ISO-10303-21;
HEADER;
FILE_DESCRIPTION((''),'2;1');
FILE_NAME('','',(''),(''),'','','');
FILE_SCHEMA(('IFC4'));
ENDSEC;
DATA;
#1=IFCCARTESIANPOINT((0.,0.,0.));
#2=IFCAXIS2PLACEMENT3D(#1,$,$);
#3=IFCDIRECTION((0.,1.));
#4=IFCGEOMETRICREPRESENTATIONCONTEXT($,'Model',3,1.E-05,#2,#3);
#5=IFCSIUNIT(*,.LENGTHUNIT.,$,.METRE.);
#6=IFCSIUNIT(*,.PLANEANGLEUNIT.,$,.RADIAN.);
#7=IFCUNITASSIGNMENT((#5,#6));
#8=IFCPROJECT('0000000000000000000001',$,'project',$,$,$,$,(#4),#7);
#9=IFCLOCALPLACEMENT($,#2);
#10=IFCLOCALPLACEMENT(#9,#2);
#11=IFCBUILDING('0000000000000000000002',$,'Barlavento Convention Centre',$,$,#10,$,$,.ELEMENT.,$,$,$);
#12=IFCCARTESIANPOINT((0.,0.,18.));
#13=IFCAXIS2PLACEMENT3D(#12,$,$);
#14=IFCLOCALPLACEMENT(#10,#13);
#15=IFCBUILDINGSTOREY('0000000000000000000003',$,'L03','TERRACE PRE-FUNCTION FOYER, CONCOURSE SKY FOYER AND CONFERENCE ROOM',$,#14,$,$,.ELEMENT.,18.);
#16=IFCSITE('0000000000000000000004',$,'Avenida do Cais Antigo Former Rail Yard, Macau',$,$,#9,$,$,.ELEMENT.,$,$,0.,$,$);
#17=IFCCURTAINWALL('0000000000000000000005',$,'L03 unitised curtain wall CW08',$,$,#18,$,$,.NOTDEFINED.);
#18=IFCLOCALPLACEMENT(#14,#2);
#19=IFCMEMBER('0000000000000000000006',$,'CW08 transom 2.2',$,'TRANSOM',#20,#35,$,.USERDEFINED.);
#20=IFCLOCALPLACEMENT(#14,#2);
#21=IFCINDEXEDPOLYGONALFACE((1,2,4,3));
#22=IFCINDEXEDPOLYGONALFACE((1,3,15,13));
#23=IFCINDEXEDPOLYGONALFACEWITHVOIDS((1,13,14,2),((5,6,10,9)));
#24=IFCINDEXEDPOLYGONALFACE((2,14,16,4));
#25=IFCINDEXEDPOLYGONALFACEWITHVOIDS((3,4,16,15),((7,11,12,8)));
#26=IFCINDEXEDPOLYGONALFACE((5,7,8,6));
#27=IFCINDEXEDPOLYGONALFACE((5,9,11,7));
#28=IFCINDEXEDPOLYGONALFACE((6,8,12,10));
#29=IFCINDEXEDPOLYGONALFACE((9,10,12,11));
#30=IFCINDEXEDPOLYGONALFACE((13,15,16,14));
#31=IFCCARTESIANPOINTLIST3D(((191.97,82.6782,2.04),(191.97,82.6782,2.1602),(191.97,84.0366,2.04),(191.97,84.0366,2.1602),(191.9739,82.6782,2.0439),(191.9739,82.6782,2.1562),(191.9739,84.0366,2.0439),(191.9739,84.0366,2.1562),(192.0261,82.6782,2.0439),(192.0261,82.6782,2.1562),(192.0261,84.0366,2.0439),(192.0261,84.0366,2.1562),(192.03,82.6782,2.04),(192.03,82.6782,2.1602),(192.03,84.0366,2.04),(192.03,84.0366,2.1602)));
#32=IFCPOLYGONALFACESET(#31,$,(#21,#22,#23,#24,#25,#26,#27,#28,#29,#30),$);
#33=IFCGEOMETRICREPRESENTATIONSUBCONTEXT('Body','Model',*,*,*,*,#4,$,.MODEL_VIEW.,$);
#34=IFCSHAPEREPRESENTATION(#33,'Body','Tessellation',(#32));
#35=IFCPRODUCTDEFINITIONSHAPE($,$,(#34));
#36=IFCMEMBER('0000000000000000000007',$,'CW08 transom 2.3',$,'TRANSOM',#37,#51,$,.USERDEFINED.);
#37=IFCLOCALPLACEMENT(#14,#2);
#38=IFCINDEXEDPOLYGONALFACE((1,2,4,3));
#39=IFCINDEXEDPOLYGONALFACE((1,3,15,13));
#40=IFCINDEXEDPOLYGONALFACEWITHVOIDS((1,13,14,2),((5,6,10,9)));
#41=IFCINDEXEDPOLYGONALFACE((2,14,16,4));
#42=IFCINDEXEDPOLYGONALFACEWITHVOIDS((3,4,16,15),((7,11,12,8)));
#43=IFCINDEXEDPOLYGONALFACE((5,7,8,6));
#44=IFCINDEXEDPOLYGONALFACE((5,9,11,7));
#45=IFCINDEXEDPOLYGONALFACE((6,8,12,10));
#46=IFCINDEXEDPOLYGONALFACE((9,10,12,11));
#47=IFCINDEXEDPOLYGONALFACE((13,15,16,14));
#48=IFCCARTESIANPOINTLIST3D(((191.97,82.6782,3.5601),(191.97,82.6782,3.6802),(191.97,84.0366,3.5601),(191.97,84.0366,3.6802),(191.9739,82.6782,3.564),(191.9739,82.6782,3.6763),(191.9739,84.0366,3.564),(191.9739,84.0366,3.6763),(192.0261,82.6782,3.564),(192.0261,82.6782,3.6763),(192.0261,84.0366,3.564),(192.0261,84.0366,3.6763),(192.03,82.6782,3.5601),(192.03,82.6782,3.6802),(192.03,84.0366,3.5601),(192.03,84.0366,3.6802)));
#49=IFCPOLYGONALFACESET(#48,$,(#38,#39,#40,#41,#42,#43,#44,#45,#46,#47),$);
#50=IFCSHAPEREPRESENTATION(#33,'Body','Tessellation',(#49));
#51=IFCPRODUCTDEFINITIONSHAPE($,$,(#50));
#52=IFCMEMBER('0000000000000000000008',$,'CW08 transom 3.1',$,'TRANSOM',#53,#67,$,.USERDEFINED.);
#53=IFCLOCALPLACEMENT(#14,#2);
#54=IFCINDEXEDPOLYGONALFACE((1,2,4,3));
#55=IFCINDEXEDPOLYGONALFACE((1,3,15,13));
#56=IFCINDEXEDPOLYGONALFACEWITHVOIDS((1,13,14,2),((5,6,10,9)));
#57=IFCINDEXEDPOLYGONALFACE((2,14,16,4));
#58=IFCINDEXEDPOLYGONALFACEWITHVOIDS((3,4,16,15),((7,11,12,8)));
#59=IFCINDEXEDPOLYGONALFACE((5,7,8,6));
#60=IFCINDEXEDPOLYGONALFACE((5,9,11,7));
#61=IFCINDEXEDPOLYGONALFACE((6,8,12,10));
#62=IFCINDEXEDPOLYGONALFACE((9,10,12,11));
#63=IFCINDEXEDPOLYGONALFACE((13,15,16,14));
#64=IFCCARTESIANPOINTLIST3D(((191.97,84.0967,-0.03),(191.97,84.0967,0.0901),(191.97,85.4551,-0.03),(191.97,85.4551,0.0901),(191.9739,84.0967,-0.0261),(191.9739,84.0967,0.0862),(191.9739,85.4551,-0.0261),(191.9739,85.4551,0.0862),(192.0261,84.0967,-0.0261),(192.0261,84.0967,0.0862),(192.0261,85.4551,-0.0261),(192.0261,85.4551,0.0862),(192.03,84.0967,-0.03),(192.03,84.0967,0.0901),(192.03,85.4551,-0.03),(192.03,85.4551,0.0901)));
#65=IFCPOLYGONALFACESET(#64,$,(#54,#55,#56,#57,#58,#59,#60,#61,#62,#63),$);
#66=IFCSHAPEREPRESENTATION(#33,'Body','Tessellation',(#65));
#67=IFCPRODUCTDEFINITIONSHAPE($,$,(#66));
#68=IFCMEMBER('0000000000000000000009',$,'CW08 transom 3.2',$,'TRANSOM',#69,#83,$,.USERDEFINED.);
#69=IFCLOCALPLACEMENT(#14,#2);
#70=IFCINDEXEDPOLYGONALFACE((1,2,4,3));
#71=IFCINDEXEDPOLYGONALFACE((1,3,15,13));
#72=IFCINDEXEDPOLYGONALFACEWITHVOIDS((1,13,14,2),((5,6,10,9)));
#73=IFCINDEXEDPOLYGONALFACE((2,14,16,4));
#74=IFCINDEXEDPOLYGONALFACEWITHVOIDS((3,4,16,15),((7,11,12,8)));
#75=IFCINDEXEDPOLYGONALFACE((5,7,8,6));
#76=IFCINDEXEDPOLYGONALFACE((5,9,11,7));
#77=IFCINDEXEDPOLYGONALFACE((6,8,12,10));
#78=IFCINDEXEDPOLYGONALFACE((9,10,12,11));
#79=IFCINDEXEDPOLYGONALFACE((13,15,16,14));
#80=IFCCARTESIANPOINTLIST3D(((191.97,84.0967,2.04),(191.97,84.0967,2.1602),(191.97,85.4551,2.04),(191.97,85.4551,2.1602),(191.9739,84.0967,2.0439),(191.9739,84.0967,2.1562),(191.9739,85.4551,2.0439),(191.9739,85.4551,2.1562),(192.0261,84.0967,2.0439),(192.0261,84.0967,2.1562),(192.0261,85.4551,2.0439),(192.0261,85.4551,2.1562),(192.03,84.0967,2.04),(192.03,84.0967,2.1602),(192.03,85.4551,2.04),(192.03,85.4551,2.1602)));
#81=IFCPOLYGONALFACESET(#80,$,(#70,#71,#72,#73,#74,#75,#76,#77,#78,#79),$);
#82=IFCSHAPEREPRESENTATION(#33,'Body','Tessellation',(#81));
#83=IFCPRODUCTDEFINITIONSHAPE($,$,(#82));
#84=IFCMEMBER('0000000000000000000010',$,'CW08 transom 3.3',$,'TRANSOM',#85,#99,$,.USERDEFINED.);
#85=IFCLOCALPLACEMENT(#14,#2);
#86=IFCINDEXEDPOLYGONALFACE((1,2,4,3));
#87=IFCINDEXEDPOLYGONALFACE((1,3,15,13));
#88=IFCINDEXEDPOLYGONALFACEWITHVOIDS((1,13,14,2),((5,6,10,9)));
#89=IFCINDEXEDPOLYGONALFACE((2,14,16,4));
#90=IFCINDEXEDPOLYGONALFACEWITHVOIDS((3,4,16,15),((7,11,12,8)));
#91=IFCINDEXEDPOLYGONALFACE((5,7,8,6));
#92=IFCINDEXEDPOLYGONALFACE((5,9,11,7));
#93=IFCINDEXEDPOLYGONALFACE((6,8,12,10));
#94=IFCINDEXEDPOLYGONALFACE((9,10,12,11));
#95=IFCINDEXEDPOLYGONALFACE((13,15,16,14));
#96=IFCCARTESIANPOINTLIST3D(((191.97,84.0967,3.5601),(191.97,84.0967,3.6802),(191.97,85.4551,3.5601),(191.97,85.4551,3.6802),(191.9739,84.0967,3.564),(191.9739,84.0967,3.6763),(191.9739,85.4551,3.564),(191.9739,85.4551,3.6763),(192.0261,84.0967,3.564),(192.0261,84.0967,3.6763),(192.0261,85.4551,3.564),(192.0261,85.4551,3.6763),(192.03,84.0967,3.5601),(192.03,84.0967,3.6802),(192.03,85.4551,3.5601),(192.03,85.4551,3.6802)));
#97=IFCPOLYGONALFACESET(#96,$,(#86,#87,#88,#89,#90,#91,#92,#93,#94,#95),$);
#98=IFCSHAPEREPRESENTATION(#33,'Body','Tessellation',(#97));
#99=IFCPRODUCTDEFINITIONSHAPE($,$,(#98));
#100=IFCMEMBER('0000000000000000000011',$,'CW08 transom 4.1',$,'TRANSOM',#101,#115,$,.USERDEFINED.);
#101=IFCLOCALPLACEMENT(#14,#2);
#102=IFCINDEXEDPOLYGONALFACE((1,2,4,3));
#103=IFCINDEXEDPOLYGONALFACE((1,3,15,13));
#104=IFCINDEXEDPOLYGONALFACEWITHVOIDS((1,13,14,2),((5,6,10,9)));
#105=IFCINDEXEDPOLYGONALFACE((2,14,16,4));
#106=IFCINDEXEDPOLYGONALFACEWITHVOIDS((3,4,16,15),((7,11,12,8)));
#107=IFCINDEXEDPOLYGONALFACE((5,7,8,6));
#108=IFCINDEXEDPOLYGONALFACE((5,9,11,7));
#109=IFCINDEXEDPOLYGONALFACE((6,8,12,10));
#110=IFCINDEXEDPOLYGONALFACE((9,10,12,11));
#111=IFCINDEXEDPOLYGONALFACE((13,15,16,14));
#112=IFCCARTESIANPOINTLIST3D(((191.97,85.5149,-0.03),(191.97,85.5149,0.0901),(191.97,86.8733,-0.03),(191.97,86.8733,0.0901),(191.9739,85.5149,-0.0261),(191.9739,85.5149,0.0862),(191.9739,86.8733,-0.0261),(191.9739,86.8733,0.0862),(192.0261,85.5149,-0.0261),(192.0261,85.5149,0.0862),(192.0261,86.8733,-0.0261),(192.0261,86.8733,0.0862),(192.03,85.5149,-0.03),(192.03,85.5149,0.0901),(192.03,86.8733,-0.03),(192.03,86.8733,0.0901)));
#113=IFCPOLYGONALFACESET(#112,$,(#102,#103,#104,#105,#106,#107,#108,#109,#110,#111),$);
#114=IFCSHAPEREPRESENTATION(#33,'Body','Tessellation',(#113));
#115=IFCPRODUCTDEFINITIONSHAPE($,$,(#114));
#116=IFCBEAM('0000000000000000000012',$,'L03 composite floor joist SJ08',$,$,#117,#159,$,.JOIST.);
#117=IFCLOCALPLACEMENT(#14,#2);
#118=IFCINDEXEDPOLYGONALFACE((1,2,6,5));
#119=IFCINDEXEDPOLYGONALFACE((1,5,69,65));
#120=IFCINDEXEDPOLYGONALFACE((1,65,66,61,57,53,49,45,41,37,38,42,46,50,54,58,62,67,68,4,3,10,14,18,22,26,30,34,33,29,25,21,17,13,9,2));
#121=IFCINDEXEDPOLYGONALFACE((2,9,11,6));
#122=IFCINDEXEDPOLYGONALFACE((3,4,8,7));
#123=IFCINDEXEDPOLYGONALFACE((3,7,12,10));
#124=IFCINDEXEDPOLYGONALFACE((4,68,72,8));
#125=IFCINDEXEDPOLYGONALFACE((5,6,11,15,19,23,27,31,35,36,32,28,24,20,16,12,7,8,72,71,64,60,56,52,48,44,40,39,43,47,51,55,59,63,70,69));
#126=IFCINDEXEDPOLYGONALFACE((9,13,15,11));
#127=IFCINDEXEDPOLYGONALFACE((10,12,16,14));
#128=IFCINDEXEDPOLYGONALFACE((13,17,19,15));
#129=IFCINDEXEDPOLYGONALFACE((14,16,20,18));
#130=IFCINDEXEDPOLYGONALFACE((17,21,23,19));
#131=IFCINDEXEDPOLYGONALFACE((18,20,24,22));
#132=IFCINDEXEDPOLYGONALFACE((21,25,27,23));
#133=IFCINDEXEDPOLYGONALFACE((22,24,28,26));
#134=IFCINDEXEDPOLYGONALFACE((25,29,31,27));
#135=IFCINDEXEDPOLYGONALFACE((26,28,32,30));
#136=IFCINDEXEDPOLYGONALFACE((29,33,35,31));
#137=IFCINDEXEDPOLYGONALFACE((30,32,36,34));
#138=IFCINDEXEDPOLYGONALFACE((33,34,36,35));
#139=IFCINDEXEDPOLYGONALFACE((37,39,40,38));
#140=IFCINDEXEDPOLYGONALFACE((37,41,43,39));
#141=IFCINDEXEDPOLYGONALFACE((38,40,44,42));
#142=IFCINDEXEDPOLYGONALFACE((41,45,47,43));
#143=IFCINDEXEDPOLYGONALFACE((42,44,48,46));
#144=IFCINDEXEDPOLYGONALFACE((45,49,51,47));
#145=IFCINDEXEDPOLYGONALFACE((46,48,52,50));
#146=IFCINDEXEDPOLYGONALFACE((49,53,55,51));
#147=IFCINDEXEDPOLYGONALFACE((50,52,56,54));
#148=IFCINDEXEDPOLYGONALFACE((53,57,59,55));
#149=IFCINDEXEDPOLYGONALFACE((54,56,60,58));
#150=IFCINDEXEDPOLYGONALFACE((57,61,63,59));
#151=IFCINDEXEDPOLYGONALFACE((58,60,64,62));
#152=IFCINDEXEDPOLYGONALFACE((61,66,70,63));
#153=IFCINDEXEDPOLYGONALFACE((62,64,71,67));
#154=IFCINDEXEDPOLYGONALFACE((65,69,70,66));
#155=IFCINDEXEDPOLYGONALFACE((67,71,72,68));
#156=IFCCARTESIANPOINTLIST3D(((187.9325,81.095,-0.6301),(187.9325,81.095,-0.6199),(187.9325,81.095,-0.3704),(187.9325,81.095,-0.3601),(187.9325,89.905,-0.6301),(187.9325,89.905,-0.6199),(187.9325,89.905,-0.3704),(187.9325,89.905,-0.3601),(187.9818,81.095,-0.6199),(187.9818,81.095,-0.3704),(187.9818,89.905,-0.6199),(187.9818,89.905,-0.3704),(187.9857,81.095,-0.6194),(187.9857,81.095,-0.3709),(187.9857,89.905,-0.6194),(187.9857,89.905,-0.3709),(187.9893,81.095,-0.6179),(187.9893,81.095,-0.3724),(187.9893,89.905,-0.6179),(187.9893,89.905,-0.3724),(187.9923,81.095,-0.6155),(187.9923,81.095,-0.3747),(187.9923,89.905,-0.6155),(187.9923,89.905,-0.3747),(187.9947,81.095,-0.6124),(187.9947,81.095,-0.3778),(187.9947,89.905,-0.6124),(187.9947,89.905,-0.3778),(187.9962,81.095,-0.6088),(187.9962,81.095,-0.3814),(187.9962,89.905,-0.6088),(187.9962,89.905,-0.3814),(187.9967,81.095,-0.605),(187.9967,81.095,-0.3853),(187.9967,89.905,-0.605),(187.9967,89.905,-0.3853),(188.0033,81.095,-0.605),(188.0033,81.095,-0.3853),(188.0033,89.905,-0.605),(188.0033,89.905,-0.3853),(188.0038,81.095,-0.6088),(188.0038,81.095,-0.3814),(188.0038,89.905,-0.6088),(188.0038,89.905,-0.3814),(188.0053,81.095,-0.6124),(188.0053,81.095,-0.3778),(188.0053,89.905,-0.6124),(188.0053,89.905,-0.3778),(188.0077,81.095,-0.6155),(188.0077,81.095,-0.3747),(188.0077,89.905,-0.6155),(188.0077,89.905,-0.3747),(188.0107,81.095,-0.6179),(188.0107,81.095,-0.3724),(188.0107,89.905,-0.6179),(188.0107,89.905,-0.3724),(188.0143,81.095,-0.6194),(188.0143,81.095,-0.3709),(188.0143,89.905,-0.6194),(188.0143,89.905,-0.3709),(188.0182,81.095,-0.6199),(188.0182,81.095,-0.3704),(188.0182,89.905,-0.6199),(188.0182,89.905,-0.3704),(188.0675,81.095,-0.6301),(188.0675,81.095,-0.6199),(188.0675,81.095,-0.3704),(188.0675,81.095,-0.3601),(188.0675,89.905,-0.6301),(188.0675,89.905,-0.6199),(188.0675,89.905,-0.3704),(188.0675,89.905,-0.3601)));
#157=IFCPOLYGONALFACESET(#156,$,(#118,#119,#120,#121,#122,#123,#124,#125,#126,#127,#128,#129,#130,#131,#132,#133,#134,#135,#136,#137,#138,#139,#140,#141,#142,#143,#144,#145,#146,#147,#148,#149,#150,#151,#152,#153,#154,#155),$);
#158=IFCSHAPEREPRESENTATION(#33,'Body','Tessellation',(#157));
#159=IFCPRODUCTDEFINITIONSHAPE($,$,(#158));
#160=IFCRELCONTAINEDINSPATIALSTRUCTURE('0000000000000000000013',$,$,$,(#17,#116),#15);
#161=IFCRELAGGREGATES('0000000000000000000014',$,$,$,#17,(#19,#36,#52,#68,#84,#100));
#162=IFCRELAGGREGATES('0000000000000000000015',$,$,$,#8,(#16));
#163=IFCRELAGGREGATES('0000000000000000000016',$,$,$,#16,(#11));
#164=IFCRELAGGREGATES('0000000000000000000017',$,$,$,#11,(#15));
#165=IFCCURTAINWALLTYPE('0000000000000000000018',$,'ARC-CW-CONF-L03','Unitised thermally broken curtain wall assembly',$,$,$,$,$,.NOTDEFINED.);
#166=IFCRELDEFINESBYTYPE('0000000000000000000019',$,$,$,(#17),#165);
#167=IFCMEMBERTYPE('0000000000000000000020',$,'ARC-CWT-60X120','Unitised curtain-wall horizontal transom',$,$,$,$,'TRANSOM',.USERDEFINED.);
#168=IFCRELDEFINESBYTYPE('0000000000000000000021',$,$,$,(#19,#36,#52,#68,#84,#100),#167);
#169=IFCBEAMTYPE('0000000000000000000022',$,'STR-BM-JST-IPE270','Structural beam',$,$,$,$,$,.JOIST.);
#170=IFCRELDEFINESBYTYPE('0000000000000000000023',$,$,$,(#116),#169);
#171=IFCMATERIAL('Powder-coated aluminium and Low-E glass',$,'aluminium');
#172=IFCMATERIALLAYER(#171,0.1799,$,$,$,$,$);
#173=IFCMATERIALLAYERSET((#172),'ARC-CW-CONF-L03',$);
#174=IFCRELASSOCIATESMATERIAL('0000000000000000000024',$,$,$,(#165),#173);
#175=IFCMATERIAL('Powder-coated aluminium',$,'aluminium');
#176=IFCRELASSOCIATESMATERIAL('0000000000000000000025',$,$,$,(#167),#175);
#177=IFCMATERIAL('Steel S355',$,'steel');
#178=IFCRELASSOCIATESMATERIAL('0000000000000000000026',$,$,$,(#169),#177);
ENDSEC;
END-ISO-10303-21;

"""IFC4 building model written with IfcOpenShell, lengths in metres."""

from ifc_helpers import new_model, si_unit, direction, frame, origin, origin_2d, place, context, subcontext, project, spatial, hollow_rectangle, i_section, extrude, material, layer, layer_set, material_profile, profile_set, type_object, element, aggregate, save


model = new_model("IFC4")

# Units and contexts
model_context = context("Model", 3, precision=1e-05, world=origin(), true_north=direction((0.0, 1.0)))
body_context = subcontext(model_context, "Body", "Model", "MODEL_VIEW")
ifc_project = project(units=[si_unit("LENGTHUNIT", "METRE"), si_unit("PLANEANGLEUNIT", "RADIAN")], contexts=[model_context])

# Site, building, storey
site_placement = place(None, origin())
site = spatial("IfcSite", under=ifc_project, at=site_placement, Name="Avenida do Cais Antigo Former Rail Yard, Macau", CompositionType="ELEMENT", RefElevation=0.0)
building_placement = place(site_placement, origin())
building = spatial("IfcBuilding", under=site, at=building_placement, Name="Barlavento Convention Centre", CompositionType="ELEMENT")
storey_placement = place(building_placement, frame((0.0, 0.0, 18.0)))
storey = spatial("IfcBuildingStorey", under=building, at=storey_placement, Name="L03", Description="TERRACE PRE-FUNCTION FOYER, CONCOURSE SKY FOYER AND CONFERENCE ROOM", CompositionType="ELEMENT", Elevation=18.0)

# Shared definitions
ifc_material_1 = material(Name="Steel S355", Category="steel")

# Curtain wall, members
ifc_material_2 = material(Name="Powder-coated aluminium and Low-E glass", Category="aluminium")
ifc_layer_1 = layer(ifc_material_2, 0.1799)
ifc_layer_set_1 = layer_set([ifc_layer_1], Name="ARC-CW-CONF-L03")
curtain_wall_type = type_object("IfcCurtainWallType", Name="ARC-CW-CONF-L03", Description="Unitised thermally broken curtain wall assembly", PredefinedType="NOTDEFINED", material=ifc_layer_set_1)
curtain_wall_placement = place(storey_placement, origin())
curtain_wall = element("IfcCurtainWall", 1, at=curtain_wall_placement, inside=storey, type_object=curtain_wall_type, Name="L03 unitised curtain wall CW08", PredefinedType="NOTDEFINED")
ifc_material_3 = material(Name="Powder-coated aluminium", Category="aluminium")
ifc_material_profile_1 = material_profile(ifc_material_3, hollow_rectangle(XDim=0.0601, YDim=0.1201, WallThickness=0.0039, at=origin_2d()), Name="AL-TRAN 60x120x4")
ifc_profile_set_1 = profile_set([ifc_material_profile_1], Name="Powder-coated aluminium")
member_type_1 = type_object("IfcMemberType", Name="ARC-CWT-60X120", Description="Unitised curtain-wall horizontal transom", ElementType="TRANSOM", PredefinedType="USERDEFINED", material=ifc_profile_set_1)
member_1_placement = place(storey_placement, frame((192.0, 82.6782, 2.1001), z_axis=(0.0, 1.0, 0.0), x_axis=(-1.0, 0.0, 0.0)))
member_1 = element("IfcMember", 2, at=member_1_placement, type_object=member_type_1, Name="CW08 transom 2.2", ObjectType="TRANSOM", PredefinedType="USERDEFINED", context=body_context, shape_type="SweptSolid", body=[
    extrude(hollow_rectangle(XDim=0.0601, YDim=0.1201, WallThickness=0.0039, at=origin_2d()), origin(), (0.0, 0.0, 1.0), 1.3584),
])
member_2_placement = place(storey_placement, frame((192.0, 82.6782, 3.6201), z_axis=(0.0, 1.0, 0.0), x_axis=(-1.0, 0.0, 0.0)))
member_2 = element("IfcMember", 3, at=member_2_placement, type_object=member_type_1, Name="CW08 transom 2.3", ObjectType="TRANSOM", PredefinedType="USERDEFINED", context=body_context, shape_type="SweptSolid", body=[
    extrude(hollow_rectangle(XDim=0.0601, YDim=0.1201, WallThickness=0.0039, at=origin_2d()), origin(), (0.0, 0.0, 1.0), 1.3584),
])
member_3_placement = place(storey_placement, frame((192.0, 84.0967, 0.03), z_axis=(0.0, 1.0, 0.0), x_axis=(-1.0, 0.0, 0.0)))
member_3 = element("IfcMember", 4, at=member_3_placement, type_object=member_type_1, Name="CW08 transom 3.1", ObjectType="TRANSOM", PredefinedType="USERDEFINED", context=body_context, shape_type="SweptSolid", body=[
    extrude(hollow_rectangle(XDim=0.0601, YDim=0.1201, WallThickness=0.0039, at=origin_2d()), origin(), (0.0, 0.0, 1.0), 1.3584),
])
member_4_placement = place(storey_placement, frame((192.0, 84.0967, 2.1001), z_axis=(0.0, 1.0, 0.0), x_axis=(-1.0, 0.0, 0.0)))
member_4 = element("IfcMember", 5, at=member_4_placement, type_object=member_type_1, Name="CW08 transom 3.2", ObjectType="TRANSOM", PredefinedType="USERDEFINED", context=body_context, shape_type="SweptSolid", body=[
    extrude(hollow_rectangle(XDim=0.0601, YDim=0.1201, WallThickness=0.0039, at=origin_2d()), origin(), (0.0, 0.0, 1.0), 1.3584),
])
member_5_placement = place(storey_placement, frame((192.0, 84.0967, 3.6201), z_axis=(0.0, 1.0, 0.0), x_axis=(-1.0, 0.0, 0.0)))
member_5 = element("IfcMember", 6, at=member_5_placement, type_object=member_type_1, Name="CW08 transom 3.3", ObjectType="TRANSOM", PredefinedType="USERDEFINED", context=body_context, shape_type="SweptSolid", body=[
    extrude(hollow_rectangle(XDim=0.0601, YDim=0.1201, WallThickness=0.0039, at=origin_2d()), origin(), (0.0, 0.0, 1.0), 1.3584),
])
member_6_placement = place(storey_placement, frame((192.0, 85.5149, 0.03), z_axis=(0.0, 1.0, 0.0), x_axis=(-1.0, 0.0, 0.0)))
member_6 = element("IfcMember", 7, at=member_6_placement, type_object=member_type_1, Name="CW08 transom 4.1", ObjectType="TRANSOM", PredefinedType="USERDEFINED", context=body_context, shape_type="SweptSolid", body=[
    extrude(hollow_rectangle(XDim=0.0601, YDim=0.1201, WallThickness=0.0039, at=origin_2d()), origin(), (0.0, 0.0, 1.0), 1.3584),
])

# Beam
ifc_material_profile_2 = material_profile(ifc_material_1, i_section(OverallWidth=0.135, OverallDepth=0.27, WebThickness=0.0066, FlangeThickness=0.0103, FilletRadius=0.0149, at=origin_2d()), Name="IPE 270")
ifc_profile_set_2 = profile_set([ifc_material_profile_2], Name="Steel S355")
beam_type_1 = type_object("IfcBeamType", Name="STR-BM-JST-IPE270", Description="Structural beam", PredefinedType="JOIST", material=ifc_profile_set_2)
beam_1_placement = place(storey_placement, frame((188.0, 81.095, -0.4951), z_axis=(0.0, 1.0, 0.0), x_axis=(-1.0, 0.0, 0.0)))
element("IfcBeam", 8, at=beam_1_placement, inside=storey, type_object=beam_type_1, Name="L03 composite floor joist SJ08", PredefinedType="JOIST", context=body_context, shape_type="SweptSolid", body=[
    extrude(i_section(OverallWidth=0.135, OverallDepth=0.27, WebThickness=0.0066, FlangeThickness=0.0103, FilletRadius=0.0149, at=origin_2d()), origin(), (0.0, 0.0, 1.0), 8.8101),
])

aggregate(curtain_wall, [member_1, member_2, member_3, member_4, member_5, member_6])

save(model, "model.ifc")
